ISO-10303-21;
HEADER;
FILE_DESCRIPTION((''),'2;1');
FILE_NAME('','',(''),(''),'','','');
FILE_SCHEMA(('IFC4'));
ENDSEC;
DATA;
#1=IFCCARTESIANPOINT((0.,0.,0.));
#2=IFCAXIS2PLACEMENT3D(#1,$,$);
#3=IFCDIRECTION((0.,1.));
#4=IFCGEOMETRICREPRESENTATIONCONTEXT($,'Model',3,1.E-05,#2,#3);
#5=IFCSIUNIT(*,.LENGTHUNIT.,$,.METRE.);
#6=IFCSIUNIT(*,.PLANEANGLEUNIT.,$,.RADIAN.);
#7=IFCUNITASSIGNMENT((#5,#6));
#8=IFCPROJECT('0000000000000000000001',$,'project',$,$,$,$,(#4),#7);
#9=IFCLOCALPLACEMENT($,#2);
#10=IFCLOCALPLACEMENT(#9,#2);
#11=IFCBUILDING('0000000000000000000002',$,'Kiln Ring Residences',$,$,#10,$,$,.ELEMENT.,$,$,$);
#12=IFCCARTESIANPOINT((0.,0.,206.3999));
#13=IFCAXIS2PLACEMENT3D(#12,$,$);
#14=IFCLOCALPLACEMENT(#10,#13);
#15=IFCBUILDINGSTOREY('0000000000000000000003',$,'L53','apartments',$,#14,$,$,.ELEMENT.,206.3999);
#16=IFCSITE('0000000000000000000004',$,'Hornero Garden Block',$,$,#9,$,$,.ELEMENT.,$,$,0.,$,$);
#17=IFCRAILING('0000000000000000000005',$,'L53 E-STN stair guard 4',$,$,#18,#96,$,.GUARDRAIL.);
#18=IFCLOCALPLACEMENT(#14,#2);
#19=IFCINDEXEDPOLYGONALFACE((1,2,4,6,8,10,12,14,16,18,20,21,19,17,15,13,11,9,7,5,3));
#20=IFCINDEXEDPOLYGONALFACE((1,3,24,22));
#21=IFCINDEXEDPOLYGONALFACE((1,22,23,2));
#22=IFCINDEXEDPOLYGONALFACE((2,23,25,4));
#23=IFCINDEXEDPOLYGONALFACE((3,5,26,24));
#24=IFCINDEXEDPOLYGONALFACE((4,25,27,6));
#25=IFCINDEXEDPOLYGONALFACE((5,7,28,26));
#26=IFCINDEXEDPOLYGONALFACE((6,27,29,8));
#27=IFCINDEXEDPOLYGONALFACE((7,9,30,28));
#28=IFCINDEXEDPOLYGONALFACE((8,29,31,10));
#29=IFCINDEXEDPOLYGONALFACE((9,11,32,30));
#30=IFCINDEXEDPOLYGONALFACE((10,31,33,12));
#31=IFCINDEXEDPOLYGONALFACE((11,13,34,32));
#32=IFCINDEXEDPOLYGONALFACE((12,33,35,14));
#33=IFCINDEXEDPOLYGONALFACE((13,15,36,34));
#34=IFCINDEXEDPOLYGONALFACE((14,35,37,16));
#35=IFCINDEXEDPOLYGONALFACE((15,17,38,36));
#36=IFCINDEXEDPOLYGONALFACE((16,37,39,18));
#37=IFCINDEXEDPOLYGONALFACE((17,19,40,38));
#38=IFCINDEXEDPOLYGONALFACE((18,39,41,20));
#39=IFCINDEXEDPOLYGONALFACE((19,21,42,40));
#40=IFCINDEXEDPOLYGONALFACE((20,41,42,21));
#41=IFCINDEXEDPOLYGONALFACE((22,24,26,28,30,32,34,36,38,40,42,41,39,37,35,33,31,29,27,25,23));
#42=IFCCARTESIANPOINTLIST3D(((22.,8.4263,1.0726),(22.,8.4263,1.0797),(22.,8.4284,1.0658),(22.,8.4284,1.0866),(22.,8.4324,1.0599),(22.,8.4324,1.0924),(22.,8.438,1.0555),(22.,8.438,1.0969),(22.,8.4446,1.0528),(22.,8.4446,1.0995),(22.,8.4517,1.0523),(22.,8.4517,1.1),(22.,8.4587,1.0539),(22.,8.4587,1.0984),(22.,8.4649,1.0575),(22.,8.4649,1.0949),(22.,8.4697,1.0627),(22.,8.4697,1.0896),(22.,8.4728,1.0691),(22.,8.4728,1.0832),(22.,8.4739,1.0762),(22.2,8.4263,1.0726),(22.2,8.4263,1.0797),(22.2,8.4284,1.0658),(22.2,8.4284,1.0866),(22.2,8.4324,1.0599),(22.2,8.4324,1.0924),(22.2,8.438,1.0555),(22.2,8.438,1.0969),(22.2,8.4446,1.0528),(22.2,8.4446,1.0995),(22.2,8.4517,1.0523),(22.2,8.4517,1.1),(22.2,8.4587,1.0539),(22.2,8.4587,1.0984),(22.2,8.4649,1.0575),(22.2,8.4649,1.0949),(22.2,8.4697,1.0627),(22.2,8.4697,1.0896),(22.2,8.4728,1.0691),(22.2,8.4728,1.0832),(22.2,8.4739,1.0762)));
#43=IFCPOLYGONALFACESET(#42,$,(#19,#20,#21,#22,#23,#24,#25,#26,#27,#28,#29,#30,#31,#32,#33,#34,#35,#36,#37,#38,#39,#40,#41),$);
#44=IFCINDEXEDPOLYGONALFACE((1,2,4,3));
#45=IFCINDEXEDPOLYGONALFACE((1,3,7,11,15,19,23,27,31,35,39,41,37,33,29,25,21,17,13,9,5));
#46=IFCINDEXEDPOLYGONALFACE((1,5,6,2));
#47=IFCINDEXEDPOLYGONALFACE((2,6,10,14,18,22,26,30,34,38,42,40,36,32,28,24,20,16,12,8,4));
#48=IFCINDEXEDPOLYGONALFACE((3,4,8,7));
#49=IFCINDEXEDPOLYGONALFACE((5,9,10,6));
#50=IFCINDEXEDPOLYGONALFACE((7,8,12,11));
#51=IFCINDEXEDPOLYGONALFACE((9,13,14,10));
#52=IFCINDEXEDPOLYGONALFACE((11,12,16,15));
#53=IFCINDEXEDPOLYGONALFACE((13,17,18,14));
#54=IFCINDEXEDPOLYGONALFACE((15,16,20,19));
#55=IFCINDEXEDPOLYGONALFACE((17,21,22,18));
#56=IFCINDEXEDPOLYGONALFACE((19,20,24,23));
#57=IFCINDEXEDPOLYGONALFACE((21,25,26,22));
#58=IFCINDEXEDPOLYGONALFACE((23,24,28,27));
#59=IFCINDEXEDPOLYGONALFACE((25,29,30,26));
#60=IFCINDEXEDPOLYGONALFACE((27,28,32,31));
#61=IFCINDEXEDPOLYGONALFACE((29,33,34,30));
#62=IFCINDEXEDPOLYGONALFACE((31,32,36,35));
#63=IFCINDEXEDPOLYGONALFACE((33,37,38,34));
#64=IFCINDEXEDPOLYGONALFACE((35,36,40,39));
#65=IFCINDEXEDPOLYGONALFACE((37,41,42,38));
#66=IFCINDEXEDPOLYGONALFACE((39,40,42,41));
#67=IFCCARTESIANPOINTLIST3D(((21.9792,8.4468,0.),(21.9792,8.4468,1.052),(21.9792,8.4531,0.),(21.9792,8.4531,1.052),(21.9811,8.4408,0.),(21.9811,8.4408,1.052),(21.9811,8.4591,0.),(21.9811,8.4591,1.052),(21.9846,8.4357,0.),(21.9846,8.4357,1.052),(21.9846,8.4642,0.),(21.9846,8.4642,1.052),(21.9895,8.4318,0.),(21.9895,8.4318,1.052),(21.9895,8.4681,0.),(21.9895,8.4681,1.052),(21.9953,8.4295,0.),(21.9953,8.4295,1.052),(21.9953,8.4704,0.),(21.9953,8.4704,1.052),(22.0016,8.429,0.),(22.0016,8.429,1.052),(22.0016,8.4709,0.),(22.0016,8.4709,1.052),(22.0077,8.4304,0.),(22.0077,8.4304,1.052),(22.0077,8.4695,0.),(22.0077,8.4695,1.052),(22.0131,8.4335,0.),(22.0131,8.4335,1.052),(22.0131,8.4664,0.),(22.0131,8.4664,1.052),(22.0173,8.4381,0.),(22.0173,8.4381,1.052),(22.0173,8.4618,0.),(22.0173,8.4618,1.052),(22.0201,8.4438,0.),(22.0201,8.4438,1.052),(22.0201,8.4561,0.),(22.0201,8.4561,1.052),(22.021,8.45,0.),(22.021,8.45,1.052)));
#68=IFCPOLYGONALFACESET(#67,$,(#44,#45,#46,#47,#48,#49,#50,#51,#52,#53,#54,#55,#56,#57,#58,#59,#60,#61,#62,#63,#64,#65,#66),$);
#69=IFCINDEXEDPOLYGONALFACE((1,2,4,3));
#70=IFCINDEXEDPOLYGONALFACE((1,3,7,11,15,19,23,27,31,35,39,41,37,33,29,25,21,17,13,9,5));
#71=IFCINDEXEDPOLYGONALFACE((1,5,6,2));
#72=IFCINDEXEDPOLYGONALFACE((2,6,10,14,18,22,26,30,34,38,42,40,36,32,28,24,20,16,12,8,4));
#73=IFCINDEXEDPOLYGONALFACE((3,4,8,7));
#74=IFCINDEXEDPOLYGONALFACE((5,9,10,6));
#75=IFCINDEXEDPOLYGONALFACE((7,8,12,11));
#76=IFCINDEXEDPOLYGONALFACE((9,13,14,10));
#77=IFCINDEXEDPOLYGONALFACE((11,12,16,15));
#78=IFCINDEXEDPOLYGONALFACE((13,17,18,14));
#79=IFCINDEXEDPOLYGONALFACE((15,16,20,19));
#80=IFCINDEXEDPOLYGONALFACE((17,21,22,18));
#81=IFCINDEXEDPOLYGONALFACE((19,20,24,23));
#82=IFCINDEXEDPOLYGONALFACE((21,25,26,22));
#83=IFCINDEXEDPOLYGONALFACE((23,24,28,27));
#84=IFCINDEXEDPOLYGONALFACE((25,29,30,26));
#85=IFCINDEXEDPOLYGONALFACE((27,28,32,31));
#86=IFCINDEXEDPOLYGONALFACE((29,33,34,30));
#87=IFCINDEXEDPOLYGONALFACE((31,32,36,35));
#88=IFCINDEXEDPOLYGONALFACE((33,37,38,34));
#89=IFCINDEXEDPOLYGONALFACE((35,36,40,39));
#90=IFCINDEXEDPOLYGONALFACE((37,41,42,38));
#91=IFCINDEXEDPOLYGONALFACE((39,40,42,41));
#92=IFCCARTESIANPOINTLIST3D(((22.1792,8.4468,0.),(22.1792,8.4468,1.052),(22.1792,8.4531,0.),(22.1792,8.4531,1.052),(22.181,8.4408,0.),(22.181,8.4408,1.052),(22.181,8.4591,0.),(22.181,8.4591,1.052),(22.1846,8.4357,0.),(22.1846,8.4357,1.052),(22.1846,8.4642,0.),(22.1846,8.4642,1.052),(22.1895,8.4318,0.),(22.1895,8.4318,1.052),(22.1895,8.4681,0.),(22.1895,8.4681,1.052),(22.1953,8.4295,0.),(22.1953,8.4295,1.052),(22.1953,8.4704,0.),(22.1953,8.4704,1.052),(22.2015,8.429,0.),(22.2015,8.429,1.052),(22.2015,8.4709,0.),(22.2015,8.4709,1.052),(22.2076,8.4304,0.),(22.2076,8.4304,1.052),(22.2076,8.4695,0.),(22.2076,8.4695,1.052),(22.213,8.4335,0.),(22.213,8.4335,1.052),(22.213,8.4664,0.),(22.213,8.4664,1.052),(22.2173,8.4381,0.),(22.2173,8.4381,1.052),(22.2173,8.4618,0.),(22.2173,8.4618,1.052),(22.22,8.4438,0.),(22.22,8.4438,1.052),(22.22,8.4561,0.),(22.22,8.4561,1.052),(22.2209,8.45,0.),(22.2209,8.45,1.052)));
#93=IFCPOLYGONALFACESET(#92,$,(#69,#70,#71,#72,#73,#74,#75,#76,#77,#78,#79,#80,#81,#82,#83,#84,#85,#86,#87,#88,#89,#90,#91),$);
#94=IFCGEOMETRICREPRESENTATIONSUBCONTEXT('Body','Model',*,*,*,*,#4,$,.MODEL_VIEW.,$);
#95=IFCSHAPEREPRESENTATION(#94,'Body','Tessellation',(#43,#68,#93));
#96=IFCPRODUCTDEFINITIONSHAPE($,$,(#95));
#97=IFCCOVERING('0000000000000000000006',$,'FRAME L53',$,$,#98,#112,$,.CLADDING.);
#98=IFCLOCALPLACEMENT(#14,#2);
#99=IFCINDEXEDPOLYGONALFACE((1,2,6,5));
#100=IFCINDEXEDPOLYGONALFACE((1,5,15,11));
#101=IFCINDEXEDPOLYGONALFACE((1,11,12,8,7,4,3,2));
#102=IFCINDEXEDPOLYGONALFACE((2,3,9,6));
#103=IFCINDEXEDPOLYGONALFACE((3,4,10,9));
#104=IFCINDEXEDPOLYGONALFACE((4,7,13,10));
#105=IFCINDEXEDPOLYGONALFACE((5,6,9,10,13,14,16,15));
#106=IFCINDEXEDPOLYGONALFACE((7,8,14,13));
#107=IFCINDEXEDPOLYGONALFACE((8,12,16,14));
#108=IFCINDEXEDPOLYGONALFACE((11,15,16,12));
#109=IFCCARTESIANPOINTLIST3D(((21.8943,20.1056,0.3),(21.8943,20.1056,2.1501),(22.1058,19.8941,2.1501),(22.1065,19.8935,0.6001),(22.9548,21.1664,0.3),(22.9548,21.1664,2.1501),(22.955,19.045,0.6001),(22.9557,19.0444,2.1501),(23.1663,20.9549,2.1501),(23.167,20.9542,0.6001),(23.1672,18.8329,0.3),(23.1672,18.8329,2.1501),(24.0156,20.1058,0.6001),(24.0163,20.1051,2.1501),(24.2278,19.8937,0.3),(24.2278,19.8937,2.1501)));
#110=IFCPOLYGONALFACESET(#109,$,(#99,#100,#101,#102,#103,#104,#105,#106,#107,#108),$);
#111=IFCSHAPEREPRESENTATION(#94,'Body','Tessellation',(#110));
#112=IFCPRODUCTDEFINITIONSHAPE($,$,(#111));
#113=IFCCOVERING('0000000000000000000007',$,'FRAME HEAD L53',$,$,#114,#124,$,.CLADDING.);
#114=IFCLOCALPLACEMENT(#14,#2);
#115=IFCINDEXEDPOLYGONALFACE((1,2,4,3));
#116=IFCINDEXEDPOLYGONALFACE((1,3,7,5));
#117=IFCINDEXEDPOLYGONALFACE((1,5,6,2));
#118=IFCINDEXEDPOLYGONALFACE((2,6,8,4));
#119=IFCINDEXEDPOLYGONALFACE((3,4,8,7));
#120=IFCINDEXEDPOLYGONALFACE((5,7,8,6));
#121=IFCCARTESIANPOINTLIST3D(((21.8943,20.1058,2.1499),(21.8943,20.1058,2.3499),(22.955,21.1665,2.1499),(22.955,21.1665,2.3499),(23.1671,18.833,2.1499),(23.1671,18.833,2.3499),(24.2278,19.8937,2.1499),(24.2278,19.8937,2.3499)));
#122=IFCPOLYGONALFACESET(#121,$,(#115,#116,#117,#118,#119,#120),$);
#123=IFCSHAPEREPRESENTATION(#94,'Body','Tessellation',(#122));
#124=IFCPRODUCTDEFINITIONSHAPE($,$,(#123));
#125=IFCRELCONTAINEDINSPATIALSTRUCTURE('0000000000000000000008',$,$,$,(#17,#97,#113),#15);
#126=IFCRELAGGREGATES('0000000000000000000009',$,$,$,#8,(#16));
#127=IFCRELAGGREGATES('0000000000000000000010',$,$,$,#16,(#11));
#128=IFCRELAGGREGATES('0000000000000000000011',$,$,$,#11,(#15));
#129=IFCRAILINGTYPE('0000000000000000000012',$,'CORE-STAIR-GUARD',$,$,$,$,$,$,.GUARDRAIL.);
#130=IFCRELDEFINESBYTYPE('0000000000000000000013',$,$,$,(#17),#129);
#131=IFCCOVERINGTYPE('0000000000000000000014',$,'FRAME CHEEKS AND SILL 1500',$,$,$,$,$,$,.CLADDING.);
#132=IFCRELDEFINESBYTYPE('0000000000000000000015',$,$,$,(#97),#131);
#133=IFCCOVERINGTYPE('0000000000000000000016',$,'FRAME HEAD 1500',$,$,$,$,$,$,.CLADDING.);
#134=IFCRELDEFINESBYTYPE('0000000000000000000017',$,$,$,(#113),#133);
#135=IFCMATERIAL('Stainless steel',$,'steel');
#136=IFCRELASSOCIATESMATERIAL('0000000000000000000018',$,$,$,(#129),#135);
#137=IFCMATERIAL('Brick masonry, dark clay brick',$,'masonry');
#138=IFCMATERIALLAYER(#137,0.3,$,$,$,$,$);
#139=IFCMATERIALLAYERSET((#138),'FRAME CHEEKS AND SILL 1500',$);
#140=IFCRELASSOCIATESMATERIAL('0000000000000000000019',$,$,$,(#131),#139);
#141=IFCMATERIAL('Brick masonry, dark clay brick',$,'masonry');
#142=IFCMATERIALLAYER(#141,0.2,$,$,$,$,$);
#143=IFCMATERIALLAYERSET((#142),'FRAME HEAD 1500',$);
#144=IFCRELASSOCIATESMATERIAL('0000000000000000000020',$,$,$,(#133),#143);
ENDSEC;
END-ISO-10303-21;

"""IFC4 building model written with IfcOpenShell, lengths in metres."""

from ifc_helpers import new_model, si_unit, direction, frame, origin, origin_2d, place, context, subcontext, project, spatial, polyline, rectangle, circle, outline, extrude, material, layer, layer_set, type_object, element, save


model = new_model("IFC4")

# Units and contexts
model_context = context("Model", 3, precision=1e-05, world=origin(), true_north=direction((0.0, 1.0)))
body_context = subcontext(model_context, "Body", "Model", "MODEL_VIEW")
ifc_project = project(units=[si_unit("LENGTHUNIT", "METRE"), si_unit("PLANEANGLEUNIT", "RADIAN")], contexts=[model_context])

# Site, building, storey
site_placement = place(None, origin())
site = spatial("IfcSite", under=ifc_project, at=site_placement, Name="Hornero Garden Block", CompositionType="ELEMENT", RefElevation=0.0)
building_placement = place(site_placement, origin())
building = spatial("IfcBuilding", under=site, at=building_placement, Name="Kiln Ring Residences", CompositionType="ELEMENT")
storey_placement = place(building_placement, frame((0.0, 0.0, 206.3999)))
storey = spatial("IfcBuildingStorey", under=building, at=storey_placement, Name="L53", Description="apartments", CompositionType="ELEMENT", Elevation=206.3999)

# Railing
ifc_material_1 = material(Name="Stainless steel", Category="steel")
railing_type = type_object("IfcRailingType", Name="CORE-STAIR-GUARD", PredefinedType="GUARDRAIL", material=ifc_material_1)
railing_placement = place(storey_placement, frame((22.0, 8.45, 0.0)))
element("IfcRailing", 1, at=railing_placement, inside=storey, type_object=railing_type, Name="L53 E-STN stair guard 4", PredefinedType="GUARDRAIL", context=body_context, shape_type="SweptSolid", body=[
    extrude(circle(Radius=0.0239, at=origin_2d()), frame((0.0, 0.0, 1.0762), z_axis=(1.0, 0.0, 0.0), x_axis=(0.0, 1.0, 0.0)), (0.0, 0.0, 1.0), 0.2),
    extrude(circle(Radius=0.021, at=origin_2d()), origin(), (0.0, 0.0, 1.0), 1.052),
    extrude(circle(Radius=0.021, at=origin_2d()), frame((0.2, 0.0, 0.0)), (0.0, 0.0, 1.0), 1.052),
])

# Coverings
ifc_material_2 = material(Name="Brick masonry, dark clay brick", Category="masonry")
ifc_layer_1 = layer(ifc_material_2, 0.3)
ifc_layer_set_1 = layer_set([ifc_layer_1], Name="FRAME CHEEKS AND SILL 1500")
covering_type_1 = type_object("IfcCoveringType", Name="FRAME CHEEKS AND SILL 1500", PredefinedType="CLADDING", material=ifc_layer_set_1)
covering_1_placement = place(storey_placement, frame((23.6975, 19.3633, 0.3), z_axis=(0.0, 0.0, 1.0), x_axis=(-0.707175, 0.707039, 0.0)))
element("IfcCovering", 2, at=covering_1_placement, inside=storey, type_object=covering_type_1, Name="FRAME L53", PredefinedType="CLADDING", context=body_context, shape_type="SweptSolid", body=[
    extrude(outline(polyline([(0.0, 0.0), (1.8, 0.0), (1.8, 1.8501), (1.501, 1.8501), (1.5, 0.3), (0.3, 0.3), (0.2991, 1.8501), (0.0, 1.8501), (0.0, 0.0)])), frame((0.0, 0.75, 0.0), z_axis=(0.0, -1.0, 0.0), x_axis=(1.0, 0.0, 0.0)), (0.0, 0.0, 1.0), 1.5),
])
ifc_material_3 = material(Name="Brick masonry, dark clay brick", Category="masonry")
ifc_layer_2 = layer(ifc_material_3, 0.2)
ifc_layer_set_2 = layer_set([ifc_layer_2], Name="FRAME HEAD 1500")
covering_type_2 = type_object("IfcCoveringType", Name="FRAME HEAD 1500", PredefinedType="CLADDING", material=ifc_layer_set_2)
covering_2_placement = place(storey_placement, frame((23.061, 19.9998, 2.1499), z_axis=(0.0, 0.0, 1.0), x_axis=(-0.707107, 0.707107, 0.0)))
element("IfcCovering", 3, at=covering_2_placement, inside=storey, type_object=covering_type_2, Name="FRAME HEAD L53", PredefinedType="CLADDING", context=body_context, shape_type="SweptSolid", body=[
    extrude(rectangle(XDim=1.8, YDim=1.5, at=origin_2d()), origin(), (0.0, 0.0, 1.0), 0.2),
])

save(model, "model.ifc")
